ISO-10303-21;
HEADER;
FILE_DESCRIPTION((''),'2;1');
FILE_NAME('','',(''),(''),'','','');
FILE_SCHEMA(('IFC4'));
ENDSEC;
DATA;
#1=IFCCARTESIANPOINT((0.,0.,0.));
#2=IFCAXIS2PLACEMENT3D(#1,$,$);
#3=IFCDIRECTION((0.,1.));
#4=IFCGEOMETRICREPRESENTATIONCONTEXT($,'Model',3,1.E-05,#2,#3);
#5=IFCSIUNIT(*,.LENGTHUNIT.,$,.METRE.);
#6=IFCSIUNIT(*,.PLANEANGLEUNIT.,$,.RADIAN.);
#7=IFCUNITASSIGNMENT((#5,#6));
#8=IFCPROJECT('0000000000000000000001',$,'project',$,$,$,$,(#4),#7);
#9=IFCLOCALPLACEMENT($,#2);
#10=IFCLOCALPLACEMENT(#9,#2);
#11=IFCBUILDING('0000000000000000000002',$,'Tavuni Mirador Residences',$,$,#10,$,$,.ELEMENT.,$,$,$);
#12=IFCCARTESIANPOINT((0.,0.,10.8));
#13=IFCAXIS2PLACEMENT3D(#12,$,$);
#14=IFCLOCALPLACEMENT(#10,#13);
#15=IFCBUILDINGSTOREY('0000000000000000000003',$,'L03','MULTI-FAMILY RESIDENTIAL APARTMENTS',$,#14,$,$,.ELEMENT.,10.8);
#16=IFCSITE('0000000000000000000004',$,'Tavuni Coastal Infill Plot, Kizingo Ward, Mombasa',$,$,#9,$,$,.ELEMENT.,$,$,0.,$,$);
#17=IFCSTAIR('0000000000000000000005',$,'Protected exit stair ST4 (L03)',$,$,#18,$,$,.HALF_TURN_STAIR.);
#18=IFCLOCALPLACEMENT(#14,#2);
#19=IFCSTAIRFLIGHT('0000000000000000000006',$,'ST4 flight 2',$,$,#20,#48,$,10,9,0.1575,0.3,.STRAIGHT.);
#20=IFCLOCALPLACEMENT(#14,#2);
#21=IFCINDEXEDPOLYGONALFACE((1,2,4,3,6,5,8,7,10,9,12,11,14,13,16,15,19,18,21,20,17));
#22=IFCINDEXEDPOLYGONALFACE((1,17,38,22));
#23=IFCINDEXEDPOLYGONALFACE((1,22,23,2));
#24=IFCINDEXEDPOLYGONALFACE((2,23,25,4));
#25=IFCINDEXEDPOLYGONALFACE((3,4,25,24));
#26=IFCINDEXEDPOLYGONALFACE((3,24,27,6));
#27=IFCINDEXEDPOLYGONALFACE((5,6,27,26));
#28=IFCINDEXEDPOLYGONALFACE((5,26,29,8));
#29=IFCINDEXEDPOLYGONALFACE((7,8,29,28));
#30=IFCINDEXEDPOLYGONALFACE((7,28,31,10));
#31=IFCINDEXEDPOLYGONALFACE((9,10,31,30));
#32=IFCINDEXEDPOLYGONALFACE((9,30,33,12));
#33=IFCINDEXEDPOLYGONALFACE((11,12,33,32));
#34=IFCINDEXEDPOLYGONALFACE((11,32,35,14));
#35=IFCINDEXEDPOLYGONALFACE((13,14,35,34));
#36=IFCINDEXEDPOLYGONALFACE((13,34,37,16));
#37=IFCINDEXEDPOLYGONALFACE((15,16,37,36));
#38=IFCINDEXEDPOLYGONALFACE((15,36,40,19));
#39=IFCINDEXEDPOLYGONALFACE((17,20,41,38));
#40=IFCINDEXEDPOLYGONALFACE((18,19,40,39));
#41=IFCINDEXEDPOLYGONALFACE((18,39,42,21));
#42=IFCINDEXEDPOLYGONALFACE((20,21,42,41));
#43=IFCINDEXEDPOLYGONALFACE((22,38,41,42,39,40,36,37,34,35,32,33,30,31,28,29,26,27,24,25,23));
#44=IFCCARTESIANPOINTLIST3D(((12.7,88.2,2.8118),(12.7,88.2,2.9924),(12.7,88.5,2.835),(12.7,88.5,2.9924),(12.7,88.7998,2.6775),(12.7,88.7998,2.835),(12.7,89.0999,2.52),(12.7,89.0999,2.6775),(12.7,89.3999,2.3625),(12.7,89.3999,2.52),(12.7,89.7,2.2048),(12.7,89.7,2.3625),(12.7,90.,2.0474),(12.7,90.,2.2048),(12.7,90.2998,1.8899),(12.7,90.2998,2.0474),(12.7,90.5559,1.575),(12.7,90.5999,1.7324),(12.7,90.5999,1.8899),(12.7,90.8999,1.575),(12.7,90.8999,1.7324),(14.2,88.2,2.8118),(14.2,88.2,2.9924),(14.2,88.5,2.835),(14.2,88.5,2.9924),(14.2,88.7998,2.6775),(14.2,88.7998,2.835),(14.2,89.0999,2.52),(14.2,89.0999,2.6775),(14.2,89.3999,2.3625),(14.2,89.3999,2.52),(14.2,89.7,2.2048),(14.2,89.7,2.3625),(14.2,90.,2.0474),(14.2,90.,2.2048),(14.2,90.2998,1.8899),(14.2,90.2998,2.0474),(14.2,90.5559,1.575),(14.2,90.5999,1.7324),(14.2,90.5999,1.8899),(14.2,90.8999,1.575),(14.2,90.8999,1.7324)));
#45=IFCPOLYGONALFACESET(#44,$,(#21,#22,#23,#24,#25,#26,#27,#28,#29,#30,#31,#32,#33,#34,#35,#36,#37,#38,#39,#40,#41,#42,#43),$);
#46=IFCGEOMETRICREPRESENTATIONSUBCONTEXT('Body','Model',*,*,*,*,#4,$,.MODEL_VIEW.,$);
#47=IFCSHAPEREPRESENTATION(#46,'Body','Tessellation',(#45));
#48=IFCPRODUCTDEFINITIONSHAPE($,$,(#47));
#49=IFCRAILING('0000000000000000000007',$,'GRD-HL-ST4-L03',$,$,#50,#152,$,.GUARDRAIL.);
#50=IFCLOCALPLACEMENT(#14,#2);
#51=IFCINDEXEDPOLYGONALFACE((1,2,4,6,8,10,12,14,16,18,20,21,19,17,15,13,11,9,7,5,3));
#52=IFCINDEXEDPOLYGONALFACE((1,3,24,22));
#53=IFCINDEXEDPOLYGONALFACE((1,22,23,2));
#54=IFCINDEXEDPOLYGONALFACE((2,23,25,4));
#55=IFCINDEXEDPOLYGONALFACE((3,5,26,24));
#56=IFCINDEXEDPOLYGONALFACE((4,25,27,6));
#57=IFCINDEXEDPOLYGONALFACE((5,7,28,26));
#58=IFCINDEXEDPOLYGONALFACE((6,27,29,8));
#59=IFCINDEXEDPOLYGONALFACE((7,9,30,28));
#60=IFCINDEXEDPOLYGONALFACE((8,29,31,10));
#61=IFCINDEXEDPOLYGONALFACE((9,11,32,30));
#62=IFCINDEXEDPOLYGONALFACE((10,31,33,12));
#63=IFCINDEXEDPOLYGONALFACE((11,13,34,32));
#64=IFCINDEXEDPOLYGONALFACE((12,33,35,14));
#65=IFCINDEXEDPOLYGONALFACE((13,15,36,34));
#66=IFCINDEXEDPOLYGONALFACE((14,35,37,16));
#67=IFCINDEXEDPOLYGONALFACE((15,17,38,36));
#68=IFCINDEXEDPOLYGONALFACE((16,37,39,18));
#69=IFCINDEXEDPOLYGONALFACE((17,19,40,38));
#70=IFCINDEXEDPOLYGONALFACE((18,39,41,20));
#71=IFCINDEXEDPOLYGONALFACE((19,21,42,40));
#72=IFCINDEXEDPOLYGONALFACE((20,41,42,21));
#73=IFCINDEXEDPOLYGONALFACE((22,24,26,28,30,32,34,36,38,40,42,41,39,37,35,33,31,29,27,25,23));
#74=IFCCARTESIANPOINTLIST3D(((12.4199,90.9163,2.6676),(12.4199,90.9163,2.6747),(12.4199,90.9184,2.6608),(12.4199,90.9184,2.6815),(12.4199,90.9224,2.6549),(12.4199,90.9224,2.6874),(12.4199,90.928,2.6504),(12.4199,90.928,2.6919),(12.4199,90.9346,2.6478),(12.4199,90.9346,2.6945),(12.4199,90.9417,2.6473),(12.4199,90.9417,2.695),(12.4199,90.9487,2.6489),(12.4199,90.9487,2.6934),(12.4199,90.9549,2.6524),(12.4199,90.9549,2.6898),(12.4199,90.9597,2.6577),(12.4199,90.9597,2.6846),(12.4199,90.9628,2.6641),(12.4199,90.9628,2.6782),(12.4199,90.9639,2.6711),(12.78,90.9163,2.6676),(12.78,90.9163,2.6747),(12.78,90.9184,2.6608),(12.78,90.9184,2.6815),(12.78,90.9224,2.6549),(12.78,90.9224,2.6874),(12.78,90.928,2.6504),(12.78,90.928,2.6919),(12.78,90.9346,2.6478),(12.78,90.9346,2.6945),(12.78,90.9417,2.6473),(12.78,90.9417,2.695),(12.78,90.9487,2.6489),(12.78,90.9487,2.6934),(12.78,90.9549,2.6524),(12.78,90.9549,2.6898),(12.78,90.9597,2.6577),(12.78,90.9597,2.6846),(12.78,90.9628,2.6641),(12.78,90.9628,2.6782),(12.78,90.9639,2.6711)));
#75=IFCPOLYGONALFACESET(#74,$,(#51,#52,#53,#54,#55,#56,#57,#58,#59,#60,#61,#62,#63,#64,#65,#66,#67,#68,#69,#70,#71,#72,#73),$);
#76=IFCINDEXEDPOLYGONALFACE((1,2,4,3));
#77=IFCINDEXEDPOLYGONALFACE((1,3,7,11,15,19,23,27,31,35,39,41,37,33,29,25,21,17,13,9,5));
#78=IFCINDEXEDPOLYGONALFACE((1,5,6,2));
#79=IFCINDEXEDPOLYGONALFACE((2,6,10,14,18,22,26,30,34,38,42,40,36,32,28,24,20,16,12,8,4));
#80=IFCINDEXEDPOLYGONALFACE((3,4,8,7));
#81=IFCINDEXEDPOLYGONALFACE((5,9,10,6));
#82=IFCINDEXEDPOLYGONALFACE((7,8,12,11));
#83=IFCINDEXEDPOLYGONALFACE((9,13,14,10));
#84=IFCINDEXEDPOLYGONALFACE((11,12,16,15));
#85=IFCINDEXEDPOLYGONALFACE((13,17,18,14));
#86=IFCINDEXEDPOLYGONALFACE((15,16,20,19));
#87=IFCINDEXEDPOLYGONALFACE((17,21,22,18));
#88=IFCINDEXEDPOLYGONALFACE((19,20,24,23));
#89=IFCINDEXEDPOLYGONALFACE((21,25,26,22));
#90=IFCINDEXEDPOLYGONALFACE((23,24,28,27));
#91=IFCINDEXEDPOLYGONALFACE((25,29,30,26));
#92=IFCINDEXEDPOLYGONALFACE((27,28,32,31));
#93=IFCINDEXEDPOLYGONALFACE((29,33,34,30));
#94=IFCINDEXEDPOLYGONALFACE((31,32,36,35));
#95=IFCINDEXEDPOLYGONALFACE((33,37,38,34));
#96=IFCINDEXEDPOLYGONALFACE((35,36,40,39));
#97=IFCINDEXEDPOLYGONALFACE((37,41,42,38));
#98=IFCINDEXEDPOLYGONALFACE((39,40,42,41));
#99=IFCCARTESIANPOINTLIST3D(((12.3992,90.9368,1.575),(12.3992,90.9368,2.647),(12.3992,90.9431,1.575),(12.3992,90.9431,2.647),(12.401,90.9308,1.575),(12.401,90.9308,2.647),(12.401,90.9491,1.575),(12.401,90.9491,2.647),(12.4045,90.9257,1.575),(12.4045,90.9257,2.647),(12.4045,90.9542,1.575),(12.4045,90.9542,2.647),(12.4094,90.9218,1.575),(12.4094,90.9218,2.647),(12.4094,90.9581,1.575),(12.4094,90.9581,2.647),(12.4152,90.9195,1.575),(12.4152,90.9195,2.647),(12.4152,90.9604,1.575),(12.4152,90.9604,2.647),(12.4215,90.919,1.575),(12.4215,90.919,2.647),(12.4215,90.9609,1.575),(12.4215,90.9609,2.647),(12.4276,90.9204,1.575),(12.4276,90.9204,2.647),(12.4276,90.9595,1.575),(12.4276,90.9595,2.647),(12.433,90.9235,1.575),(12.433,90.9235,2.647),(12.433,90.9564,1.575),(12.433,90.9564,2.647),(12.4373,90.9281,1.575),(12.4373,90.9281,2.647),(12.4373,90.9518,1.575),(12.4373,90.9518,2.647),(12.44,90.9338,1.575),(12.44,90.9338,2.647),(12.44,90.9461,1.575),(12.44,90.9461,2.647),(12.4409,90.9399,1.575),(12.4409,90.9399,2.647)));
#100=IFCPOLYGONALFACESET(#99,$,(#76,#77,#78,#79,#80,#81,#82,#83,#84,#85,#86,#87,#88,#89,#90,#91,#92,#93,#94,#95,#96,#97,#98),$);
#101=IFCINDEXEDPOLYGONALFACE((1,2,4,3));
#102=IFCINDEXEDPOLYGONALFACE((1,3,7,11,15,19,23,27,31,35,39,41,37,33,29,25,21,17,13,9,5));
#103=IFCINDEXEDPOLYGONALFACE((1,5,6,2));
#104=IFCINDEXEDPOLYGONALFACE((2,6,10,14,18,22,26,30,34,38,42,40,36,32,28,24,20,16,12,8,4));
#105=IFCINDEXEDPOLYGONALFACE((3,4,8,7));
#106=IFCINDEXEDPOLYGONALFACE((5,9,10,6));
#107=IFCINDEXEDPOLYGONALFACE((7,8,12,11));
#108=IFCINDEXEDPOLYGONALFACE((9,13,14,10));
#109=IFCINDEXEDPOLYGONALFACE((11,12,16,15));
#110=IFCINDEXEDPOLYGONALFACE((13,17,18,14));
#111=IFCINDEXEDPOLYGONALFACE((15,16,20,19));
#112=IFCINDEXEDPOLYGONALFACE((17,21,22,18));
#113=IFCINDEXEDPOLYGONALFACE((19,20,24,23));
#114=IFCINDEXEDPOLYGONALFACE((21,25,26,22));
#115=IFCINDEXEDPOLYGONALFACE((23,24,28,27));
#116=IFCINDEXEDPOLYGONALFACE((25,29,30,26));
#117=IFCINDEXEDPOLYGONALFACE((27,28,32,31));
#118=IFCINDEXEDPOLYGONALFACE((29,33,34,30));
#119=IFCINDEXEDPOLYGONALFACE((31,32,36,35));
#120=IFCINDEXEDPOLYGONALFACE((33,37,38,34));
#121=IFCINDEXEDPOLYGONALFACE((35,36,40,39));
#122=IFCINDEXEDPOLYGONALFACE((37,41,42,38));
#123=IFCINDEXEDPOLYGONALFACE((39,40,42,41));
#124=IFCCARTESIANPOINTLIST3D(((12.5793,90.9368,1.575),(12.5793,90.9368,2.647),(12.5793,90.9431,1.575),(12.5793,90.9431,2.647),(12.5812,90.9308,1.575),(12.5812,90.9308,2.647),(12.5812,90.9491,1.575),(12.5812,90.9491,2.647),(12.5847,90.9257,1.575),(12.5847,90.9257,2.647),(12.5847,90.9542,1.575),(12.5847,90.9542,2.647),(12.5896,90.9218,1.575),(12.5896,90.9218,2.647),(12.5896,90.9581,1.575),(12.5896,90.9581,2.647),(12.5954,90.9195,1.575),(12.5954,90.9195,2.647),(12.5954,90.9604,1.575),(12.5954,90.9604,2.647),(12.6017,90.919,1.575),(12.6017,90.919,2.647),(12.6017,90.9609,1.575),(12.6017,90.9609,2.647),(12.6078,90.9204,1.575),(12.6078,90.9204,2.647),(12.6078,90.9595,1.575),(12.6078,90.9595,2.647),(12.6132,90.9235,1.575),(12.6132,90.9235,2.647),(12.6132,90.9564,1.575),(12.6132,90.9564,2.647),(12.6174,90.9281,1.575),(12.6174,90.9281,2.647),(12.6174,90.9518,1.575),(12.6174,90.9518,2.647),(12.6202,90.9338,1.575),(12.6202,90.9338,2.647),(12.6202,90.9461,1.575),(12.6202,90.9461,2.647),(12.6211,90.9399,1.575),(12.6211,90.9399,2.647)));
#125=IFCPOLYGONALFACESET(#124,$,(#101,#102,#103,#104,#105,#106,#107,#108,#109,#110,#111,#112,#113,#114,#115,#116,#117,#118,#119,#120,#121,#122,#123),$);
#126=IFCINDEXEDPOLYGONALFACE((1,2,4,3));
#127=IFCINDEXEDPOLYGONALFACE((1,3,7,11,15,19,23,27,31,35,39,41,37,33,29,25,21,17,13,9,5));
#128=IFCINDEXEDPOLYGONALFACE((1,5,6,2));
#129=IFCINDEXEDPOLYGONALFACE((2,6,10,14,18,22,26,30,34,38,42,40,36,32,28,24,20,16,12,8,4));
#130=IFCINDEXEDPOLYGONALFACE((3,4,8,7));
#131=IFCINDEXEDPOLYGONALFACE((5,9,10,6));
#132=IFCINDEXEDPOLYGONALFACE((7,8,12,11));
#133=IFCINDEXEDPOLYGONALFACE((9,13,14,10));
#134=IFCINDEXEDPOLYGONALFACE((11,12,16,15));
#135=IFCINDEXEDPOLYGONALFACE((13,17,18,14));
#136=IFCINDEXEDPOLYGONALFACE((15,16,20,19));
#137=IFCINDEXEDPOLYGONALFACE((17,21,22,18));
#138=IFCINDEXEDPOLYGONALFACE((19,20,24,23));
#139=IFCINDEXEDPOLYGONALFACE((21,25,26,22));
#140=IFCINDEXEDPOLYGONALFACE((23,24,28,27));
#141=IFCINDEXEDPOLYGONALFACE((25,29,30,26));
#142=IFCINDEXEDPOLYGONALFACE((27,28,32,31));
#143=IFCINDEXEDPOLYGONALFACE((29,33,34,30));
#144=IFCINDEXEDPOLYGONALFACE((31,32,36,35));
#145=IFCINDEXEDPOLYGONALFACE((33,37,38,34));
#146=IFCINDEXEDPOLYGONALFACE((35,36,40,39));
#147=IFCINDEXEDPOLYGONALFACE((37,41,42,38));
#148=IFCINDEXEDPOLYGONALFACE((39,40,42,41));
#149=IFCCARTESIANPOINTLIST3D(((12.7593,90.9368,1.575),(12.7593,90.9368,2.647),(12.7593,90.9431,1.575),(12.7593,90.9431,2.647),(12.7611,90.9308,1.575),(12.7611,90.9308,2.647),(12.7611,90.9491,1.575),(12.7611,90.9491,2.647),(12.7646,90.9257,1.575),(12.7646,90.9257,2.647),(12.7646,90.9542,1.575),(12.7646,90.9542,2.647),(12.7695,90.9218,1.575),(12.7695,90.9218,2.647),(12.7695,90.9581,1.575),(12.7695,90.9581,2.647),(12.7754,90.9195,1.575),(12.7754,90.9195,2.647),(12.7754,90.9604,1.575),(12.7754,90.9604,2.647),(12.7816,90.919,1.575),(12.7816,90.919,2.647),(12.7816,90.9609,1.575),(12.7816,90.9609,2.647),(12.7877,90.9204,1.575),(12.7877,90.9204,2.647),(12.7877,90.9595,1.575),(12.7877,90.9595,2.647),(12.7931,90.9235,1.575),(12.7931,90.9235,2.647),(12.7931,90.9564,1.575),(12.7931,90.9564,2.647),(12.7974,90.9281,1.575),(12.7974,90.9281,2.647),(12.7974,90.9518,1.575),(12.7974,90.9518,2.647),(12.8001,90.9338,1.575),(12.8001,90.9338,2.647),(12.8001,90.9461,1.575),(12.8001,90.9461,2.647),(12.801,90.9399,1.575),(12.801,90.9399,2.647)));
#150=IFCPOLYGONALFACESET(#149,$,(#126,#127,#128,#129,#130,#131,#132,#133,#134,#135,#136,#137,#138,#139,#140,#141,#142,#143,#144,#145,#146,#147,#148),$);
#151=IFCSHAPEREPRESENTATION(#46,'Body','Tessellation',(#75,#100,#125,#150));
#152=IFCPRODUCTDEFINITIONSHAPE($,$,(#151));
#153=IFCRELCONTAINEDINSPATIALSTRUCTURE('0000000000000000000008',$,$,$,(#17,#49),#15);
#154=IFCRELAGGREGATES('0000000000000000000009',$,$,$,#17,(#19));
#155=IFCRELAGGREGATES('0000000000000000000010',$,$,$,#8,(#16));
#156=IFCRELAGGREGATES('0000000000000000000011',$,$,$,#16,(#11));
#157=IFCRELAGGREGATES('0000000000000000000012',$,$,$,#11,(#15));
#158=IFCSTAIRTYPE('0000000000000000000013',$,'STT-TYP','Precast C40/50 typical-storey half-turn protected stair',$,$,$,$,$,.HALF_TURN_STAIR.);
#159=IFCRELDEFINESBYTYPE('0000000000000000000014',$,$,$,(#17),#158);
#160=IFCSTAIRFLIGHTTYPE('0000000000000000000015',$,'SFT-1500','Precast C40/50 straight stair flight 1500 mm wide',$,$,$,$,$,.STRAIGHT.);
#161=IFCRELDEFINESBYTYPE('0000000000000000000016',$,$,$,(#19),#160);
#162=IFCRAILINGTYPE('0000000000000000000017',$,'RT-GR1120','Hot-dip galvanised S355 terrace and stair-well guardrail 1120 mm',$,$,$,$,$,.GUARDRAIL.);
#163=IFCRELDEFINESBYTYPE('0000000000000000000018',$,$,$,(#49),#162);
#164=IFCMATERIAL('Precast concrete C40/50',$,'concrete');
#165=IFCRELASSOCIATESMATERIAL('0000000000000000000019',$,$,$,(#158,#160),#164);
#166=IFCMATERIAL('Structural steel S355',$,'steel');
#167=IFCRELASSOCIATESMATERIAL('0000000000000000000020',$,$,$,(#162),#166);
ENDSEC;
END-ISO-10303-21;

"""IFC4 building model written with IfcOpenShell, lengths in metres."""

from ifc_helpers import new_model, si_unit, direction, frame, origin, origin_2d, place, context, subcontext, project, spatial, polyline, circle, outline, extrude, material, type_object, element, aggregate, save


model = new_model("IFC4")

# Units and contexts
model_context = context("Model", 3, precision=1e-05, world=origin(), true_north=direction((0.0, 1.0)))
body_context = subcontext(model_context, "Body", "Model", "MODEL_VIEW")
ifc_project = project(units=[si_unit("LENGTHUNIT", "METRE"), si_unit("PLANEANGLEUNIT", "RADIAN")], contexts=[model_context])

# Site, building, storey
site_placement = place(None, origin())
site = spatial("IfcSite", under=ifc_project, at=site_placement, Name="Tavuni Coastal Infill Plot, Kizingo Ward, Mombasa", CompositionType="ELEMENT", RefElevation=0.0)
building_placement = place(site_placement, origin())
building = spatial("IfcBuilding", under=site, at=building_placement, Name="Tavuni Mirador Residences", CompositionType="ELEMENT")
storey_placement = place(building_placement, frame((0.0, 0.0, 10.8)))
storey = spatial("IfcBuildingStorey", under=building, at=storey_placement, Name="L03", Description="MULTI-FAMILY RESIDENTIAL APARTMENTS", CompositionType="ELEMENT", Elevation=10.8)

# Shared definitions
ifc_material_1 = material(Name="Precast concrete C40/50", Category="concrete")

# Shared definitions
ifc_material_2 = material(Name="Structural steel S355", Category="steel")

# Stair, stair flight
stair_type = type_object("IfcStairType", Name="STT-TYP", Description="Precast C40/50 typical-storey half-turn protected stair", PredefinedType="HALF_TURN_STAIR", material=ifc_material_1)
stair_placement = place(storey_placement, origin())
stair = element("IfcStair", 1, at=stair_placement, inside=storey, type_object=stair_type, Name="Protected exit stair ST4 (L03)", PredefinedType="HALF_TURN_STAIR")
stair_flight_type = type_object("IfcStairFlightType", Name="SFT-1500", Description="Precast C40/50 straight stair flight 1500 mm wide", PredefinedType="STRAIGHT", material=ifc_material_1)
stair_flight_1_placement = place(storey_placement, frame((13.45, 90.8999, 1.575), z_axis=(0.0, 0.0, 1.0), x_axis=(0.0, -1.0, 0.0)))
stair_flight_1 = element("IfcStairFlight", 2, at=stair_flight_1_placement, type_object=stair_flight_type, Name="ST4 flight 2", NumberOfRisers=10, NumberOfTreads=9, PredefinedType="STRAIGHT", RiserHeight=0.1575, TreadLength=0.3, context=body_context, shape_type="SweptSolid", body=[
    extrude(outline(polyline([(0.0, 0.0), (0.0, 0.1575), (0.3, 0.1575), (0.3, 0.3149), (0.6001, 0.3149), (0.6001, 0.4724), (0.8999, 0.4724), (0.8999, 0.6299), (1.2, 0.6299), (1.2, 0.7876), (1.5, 0.7876), (1.5, 0.9451), (1.8, 0.9451), (1.8, 1.1025), (2.1001, 1.1025), (2.1001, 1.26), (2.3999, 1.26), (2.3999, 1.4175), (2.7, 1.4175), (2.7, 1.575), (2.7, 1.2368), (0.344, 0.0), (0.0, 0.0)])), frame((0.0, 0.75, 0.0), z_axis=(0.0, -1.0, 0.0), x_axis=(1.0, 0.0, 0.0)), (0.0, 0.0, 1.0), 1.5),
])
aggregate(stair, [stair_flight_1])

# Railing
railing_type_1 = type_object("IfcRailingType", Name="RT-GR1120", Description="Hot-dip galvanised S355 terrace and stair-well guardrail 1120 mm", PredefinedType="GUARDRAIL", material=ifc_material_2)
railing_1_placement = place(storey_placement, frame((12.4199, 90.9399, 1.575)))
element("IfcRailing", 3, at=railing_1_placement, inside=storey, type_object=railing_type_1, Name="GRD-HL-ST4-L03", PredefinedType="GUARDRAIL", context=body_context, shape_type="SweptSolid", body=[
    extrude(circle(Radius=0.0239, at=origin_2d()), frame((0.0, 0.0, 1.0962), z_axis=(1.0, 0.0, 0.0), x_axis=(0.0, 1.0, 0.0)), (0.0, 0.0, 1.0), 0.3601),
    extrude(circle(Radius=0.021, at=origin_2d()), origin(), (0.0, 0.0, 1.0), 1.072),
    extrude(circle(Radius=0.021, at=origin_2d()), frame((0.1802, 0.0, 0.0)), (0.0, 0.0, 1.0), 1.072),
    extrude(circle(Radius=0.021, at=origin_2d()), frame((0.3601, 0.0, 0.0)), (0.0, 0.0, 1.0), 1.072),
])

save(model, "model.ifc")
